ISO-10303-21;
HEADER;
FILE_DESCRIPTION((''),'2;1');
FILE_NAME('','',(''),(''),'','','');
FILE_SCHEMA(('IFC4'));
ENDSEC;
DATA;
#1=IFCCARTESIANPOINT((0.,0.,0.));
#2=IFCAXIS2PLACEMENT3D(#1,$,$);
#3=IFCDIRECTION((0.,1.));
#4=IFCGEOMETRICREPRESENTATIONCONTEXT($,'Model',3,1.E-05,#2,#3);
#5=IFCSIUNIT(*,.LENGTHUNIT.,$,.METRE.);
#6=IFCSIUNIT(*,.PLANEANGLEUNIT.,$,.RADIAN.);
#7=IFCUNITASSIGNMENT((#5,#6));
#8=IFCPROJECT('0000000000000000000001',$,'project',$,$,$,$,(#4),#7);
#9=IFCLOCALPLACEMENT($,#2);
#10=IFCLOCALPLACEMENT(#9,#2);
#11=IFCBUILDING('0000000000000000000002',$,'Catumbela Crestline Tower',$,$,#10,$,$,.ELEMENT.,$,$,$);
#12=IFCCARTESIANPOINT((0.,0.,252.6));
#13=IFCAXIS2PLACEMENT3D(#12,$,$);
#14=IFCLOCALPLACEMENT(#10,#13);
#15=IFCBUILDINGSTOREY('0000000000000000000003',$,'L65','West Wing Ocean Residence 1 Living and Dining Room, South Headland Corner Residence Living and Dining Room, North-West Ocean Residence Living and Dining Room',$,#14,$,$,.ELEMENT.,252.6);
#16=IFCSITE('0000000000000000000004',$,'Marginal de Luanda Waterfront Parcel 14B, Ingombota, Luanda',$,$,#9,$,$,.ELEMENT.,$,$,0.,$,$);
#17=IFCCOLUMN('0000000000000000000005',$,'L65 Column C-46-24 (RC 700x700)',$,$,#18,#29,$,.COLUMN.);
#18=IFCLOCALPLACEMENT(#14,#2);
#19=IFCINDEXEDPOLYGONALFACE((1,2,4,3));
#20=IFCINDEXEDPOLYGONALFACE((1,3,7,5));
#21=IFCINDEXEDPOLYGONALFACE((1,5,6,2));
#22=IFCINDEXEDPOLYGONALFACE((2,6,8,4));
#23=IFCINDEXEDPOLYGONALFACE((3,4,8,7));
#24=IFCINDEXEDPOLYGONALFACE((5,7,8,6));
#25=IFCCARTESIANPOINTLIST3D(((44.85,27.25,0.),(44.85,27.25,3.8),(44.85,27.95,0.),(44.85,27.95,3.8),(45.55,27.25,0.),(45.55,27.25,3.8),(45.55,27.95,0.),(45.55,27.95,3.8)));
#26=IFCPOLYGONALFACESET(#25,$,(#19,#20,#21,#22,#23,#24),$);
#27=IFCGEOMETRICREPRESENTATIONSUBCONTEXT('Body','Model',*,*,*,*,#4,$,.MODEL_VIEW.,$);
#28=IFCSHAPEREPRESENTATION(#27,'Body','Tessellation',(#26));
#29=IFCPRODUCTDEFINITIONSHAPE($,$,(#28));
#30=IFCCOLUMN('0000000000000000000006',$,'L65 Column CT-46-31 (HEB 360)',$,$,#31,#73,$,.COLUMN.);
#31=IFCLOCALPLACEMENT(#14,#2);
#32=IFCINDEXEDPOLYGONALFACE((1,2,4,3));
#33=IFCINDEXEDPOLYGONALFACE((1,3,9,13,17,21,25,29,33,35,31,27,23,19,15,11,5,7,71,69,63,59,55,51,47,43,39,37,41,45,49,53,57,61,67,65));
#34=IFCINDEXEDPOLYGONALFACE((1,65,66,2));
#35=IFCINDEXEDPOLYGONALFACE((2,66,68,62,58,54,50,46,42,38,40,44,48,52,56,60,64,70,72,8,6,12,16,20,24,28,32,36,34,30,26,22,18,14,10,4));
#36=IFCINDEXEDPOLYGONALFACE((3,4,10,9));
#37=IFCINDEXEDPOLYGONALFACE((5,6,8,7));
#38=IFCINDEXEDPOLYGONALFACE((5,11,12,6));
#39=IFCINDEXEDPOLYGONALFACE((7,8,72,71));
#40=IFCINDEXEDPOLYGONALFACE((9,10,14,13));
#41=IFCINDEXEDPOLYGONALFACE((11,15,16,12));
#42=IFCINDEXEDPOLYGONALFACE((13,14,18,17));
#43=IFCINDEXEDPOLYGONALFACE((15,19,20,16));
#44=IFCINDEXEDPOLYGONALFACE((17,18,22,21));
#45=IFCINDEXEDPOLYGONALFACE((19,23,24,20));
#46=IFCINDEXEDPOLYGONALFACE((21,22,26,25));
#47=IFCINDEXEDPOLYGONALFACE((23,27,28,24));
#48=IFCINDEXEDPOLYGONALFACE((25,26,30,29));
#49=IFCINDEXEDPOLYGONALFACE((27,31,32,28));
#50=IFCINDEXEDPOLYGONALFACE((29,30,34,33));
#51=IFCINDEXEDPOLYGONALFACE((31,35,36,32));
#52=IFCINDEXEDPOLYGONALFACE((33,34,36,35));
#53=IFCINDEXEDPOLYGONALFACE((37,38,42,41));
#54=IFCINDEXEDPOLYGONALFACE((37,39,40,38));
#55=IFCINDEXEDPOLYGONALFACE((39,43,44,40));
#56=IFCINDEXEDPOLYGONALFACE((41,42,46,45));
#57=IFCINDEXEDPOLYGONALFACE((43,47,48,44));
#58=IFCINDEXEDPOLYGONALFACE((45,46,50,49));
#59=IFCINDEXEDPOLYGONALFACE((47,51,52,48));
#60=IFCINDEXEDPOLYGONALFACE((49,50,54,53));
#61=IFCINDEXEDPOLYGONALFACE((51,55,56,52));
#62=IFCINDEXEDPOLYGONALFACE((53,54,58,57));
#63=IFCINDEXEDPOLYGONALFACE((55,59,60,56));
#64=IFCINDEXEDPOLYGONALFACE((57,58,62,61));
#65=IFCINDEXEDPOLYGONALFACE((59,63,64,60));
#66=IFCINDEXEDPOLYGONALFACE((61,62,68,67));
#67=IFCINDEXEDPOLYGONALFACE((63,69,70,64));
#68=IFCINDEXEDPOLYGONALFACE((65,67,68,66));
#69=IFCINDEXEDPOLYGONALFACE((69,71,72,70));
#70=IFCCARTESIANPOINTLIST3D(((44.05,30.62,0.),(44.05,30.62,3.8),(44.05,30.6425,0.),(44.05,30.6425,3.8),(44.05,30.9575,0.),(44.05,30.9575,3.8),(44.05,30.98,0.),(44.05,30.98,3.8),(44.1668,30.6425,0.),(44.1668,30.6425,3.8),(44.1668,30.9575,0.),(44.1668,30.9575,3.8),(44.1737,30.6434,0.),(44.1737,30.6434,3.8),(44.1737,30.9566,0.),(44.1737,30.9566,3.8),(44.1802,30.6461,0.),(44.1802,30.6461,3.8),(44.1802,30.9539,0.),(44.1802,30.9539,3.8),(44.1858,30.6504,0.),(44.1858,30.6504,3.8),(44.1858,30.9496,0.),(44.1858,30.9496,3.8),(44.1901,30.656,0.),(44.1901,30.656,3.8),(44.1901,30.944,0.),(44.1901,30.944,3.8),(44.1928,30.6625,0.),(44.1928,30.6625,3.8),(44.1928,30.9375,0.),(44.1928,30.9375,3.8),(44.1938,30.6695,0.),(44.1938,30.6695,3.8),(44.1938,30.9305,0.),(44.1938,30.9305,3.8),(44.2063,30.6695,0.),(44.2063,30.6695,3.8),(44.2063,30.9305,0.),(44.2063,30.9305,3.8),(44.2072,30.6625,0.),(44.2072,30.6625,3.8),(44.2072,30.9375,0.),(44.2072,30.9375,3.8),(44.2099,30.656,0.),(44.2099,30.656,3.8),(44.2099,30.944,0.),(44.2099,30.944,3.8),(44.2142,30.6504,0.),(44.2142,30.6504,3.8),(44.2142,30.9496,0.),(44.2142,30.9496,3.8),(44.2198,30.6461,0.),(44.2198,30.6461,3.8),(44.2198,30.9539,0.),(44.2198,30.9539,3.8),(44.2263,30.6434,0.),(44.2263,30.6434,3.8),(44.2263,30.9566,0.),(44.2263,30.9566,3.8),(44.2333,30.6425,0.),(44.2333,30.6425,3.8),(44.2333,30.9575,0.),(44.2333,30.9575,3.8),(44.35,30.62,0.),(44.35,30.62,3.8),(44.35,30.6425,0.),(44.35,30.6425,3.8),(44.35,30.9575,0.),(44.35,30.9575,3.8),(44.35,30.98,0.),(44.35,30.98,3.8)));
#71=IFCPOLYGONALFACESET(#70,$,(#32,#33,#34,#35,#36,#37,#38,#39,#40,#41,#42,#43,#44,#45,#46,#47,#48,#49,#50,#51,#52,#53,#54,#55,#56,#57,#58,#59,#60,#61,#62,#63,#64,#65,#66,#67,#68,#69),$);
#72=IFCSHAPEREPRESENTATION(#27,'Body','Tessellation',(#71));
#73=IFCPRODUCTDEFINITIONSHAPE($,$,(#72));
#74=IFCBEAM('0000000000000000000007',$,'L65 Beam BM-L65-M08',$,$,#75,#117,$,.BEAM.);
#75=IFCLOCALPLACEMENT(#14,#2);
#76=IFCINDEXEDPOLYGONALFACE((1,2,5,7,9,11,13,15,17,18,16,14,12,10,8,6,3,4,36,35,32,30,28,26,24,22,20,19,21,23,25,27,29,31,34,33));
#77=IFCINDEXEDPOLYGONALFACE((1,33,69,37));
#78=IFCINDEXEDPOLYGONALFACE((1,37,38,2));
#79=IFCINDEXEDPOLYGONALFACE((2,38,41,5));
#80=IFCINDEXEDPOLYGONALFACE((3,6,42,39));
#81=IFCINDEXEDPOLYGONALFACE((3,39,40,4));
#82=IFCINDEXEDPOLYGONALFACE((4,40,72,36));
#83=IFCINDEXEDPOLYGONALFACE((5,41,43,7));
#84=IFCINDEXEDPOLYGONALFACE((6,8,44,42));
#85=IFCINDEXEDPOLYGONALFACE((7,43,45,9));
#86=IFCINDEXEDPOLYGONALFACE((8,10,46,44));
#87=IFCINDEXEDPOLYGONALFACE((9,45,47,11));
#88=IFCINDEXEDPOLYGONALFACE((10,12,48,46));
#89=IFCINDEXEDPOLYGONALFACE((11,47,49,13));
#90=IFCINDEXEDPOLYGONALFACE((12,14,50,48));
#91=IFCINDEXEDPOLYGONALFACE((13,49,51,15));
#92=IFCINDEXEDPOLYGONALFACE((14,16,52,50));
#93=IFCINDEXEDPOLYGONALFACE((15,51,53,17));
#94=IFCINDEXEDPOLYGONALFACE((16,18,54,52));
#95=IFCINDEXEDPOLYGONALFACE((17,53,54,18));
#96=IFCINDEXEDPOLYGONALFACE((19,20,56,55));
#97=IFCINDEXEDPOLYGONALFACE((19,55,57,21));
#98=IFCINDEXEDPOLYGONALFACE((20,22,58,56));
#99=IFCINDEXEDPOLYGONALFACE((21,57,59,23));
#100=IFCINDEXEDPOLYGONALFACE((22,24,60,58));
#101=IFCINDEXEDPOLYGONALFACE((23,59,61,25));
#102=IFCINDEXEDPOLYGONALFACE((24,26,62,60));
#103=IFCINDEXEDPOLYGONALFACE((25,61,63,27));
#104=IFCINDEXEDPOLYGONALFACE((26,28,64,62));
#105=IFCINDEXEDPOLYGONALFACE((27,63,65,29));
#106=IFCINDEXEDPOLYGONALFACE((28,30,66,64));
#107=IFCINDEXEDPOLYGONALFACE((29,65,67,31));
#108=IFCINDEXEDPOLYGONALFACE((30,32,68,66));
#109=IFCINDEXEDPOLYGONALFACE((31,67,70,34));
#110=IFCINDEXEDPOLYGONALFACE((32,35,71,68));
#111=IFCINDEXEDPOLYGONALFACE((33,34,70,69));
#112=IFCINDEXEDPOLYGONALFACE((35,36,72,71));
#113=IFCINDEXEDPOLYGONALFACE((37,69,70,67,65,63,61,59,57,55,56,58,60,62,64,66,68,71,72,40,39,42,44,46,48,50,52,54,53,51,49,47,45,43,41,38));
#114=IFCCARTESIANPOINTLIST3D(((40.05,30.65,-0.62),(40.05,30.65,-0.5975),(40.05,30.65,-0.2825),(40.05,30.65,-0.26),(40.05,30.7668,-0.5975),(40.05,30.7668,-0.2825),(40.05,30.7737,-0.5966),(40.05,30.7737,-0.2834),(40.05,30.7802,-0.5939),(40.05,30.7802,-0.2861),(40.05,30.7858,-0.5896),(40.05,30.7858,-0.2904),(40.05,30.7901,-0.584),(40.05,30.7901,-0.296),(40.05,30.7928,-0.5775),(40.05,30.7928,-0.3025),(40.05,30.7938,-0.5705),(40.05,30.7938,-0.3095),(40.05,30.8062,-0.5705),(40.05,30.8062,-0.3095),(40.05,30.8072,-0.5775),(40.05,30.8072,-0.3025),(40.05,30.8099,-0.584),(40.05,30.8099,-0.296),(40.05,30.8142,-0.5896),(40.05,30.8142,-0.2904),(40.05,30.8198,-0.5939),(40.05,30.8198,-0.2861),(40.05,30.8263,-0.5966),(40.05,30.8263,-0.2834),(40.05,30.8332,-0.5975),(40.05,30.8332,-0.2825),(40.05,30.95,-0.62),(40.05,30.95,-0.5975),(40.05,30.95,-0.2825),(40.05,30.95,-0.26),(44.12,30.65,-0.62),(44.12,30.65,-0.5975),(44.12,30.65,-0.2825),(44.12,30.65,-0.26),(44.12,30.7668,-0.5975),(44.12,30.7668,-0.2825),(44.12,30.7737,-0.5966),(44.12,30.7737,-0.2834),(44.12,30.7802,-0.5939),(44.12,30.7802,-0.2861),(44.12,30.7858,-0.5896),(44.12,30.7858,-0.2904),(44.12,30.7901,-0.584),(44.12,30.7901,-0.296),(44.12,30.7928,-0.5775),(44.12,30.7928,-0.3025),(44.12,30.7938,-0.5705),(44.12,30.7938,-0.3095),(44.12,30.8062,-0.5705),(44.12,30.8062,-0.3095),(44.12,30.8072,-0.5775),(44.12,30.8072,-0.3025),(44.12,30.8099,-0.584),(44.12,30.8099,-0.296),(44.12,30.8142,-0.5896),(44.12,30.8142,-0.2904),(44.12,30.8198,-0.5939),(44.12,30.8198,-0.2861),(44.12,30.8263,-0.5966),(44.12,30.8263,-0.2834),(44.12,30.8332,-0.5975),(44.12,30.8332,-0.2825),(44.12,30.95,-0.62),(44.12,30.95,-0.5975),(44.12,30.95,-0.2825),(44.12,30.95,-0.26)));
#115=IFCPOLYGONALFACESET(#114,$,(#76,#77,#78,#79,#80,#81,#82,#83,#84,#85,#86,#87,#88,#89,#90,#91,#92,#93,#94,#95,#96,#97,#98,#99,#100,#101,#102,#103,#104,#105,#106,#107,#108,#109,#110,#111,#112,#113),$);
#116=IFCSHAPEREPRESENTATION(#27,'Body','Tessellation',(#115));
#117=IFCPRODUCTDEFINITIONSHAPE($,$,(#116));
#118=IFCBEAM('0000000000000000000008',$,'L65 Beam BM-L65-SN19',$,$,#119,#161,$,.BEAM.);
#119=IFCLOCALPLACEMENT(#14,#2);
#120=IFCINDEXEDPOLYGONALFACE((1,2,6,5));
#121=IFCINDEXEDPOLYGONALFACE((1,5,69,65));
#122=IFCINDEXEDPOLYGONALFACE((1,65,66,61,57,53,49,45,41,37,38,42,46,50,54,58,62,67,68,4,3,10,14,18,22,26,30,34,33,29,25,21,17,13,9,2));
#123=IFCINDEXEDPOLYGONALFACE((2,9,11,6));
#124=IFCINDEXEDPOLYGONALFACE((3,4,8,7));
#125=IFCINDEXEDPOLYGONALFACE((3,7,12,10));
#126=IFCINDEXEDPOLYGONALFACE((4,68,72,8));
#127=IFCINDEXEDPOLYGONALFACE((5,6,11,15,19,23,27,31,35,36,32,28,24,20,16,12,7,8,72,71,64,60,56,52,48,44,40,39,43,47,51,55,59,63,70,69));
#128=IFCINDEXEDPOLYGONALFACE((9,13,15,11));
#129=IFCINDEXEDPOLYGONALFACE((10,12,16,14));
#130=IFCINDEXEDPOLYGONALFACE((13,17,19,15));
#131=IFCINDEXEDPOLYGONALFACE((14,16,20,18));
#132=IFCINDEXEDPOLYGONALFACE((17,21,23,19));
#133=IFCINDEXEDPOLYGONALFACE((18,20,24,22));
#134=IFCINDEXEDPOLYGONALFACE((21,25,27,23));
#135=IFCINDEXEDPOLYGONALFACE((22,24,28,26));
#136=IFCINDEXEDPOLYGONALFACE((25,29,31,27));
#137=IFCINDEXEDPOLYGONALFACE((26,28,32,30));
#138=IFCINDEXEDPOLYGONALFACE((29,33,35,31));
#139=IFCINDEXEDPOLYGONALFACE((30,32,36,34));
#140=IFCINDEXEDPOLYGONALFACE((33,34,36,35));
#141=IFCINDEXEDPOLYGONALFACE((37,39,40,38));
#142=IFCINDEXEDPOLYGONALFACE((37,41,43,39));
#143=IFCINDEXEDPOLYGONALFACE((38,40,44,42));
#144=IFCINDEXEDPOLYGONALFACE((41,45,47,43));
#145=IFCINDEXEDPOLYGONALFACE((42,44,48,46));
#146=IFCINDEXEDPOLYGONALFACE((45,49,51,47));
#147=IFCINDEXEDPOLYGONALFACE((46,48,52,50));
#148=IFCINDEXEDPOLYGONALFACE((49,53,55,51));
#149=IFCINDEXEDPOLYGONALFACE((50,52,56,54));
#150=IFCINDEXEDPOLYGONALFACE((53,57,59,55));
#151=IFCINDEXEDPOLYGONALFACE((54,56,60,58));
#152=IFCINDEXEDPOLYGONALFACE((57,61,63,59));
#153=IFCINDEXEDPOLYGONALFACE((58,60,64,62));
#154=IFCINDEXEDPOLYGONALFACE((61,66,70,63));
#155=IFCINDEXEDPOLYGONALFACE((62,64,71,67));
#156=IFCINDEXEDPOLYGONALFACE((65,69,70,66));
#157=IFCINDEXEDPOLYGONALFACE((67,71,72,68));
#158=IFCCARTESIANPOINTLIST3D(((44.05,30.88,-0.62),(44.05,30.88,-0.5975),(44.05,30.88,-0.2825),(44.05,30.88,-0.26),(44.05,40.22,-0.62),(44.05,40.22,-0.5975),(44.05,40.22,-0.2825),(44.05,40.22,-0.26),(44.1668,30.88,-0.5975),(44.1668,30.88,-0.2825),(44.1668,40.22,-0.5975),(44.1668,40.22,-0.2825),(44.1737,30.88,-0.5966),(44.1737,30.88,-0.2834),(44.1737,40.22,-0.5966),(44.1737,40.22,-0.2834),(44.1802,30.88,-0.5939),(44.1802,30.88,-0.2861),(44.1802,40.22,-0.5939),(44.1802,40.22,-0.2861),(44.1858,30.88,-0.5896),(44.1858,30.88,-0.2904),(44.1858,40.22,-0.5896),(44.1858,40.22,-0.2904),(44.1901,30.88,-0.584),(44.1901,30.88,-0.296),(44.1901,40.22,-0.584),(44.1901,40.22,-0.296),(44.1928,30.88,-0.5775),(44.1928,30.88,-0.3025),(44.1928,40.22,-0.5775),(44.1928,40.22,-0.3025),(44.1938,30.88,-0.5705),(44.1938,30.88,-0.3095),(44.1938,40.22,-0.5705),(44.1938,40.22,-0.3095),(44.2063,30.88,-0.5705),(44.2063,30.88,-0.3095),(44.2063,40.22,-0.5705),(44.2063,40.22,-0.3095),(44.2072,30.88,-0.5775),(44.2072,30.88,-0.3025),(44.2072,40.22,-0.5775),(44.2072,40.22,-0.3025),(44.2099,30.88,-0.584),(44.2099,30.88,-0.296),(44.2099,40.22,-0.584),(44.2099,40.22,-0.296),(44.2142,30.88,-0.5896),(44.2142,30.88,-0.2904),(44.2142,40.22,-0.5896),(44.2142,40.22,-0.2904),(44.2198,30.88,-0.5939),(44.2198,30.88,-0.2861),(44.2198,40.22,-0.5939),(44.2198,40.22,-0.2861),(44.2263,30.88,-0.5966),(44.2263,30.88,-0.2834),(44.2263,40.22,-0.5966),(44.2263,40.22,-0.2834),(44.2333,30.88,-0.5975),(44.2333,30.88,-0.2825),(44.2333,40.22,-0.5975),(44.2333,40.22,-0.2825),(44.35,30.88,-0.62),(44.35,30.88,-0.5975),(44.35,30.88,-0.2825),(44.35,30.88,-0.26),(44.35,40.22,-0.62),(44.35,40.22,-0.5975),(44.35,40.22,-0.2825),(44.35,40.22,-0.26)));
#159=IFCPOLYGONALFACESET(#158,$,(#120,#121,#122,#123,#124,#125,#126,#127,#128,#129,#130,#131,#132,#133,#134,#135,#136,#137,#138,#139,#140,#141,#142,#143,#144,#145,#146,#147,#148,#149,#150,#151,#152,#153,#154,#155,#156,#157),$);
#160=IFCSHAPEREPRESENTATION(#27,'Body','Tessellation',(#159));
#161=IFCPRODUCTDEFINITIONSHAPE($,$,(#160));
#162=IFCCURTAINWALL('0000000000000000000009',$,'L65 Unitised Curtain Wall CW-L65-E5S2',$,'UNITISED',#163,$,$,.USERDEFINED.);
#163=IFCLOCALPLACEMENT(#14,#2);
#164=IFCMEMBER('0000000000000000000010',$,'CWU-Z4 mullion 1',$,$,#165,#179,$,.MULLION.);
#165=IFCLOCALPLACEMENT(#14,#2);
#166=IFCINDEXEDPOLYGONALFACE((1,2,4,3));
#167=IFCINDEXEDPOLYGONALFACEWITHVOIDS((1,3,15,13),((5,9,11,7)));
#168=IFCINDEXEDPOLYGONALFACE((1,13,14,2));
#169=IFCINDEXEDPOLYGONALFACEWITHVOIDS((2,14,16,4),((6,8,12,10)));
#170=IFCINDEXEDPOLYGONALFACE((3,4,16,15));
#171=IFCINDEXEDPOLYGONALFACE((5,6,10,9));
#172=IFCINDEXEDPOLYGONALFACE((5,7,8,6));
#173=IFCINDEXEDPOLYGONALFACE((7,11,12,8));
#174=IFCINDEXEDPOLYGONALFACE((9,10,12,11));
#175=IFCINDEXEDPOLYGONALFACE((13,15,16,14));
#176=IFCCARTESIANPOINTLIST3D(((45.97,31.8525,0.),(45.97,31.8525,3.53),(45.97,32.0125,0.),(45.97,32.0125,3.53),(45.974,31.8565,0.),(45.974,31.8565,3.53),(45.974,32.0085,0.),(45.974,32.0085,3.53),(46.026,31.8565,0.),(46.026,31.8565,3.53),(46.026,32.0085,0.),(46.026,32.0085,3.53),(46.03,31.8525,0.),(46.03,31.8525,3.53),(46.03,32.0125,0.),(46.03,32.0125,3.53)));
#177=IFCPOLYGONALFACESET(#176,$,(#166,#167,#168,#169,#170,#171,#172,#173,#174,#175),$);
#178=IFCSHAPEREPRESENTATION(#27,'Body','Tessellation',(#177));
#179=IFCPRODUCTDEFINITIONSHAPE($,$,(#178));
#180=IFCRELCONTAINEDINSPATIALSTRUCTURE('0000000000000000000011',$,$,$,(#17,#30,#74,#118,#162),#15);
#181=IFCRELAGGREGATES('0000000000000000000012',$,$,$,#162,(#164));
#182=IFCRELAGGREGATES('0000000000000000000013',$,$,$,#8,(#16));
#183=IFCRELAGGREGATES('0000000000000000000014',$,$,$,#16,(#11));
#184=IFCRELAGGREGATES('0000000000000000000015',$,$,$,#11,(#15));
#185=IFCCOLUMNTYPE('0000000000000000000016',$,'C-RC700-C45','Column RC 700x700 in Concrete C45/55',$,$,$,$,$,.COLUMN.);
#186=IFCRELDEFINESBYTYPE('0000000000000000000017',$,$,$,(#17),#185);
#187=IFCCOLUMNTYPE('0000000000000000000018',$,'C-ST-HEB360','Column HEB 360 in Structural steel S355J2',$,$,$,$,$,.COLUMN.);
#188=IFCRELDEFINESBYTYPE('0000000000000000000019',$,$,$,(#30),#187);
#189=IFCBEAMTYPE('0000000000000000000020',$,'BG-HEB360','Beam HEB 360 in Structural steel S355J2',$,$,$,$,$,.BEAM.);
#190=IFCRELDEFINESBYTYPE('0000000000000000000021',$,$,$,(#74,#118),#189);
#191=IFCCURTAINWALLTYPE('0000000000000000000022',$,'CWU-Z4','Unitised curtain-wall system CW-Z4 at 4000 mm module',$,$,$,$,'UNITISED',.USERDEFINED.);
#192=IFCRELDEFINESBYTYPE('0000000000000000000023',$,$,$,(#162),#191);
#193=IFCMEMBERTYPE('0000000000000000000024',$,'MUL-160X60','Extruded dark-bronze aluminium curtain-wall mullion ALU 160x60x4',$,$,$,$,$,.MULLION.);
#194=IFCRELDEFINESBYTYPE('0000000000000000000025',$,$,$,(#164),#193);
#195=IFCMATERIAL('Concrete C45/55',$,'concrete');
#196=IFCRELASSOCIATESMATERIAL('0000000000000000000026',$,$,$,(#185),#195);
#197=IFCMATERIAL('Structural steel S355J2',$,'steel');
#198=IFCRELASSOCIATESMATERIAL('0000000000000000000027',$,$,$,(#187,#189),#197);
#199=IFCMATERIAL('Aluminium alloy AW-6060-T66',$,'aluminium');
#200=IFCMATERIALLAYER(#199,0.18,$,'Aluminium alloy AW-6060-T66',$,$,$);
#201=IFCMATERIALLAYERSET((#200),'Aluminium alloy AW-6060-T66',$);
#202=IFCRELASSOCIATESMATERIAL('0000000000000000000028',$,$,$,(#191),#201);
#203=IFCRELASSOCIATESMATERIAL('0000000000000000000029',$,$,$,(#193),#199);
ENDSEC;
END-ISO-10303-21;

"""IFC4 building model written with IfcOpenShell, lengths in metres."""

from ifc_helpers import new_model, si_unit, direction, frame, origin, origin_2d, place, context, subcontext, project, spatial, rectangle, hollow_rectangle, i_section, extrude, material, layer, layer_set, material_profile, profile_set, type_object, element, aggregate, save


model = new_model("IFC4")

# Units and contexts
model_context = context("Model", 3, precision=1e-05, world=origin(), true_north=direction((0.0, 1.0)))
body_context = subcontext(model_context, "Body", "Model", "MODEL_VIEW")
ifc_project = project(units=[si_unit("LENGTHUNIT", "METRE"), si_unit("PLANEANGLEUNIT", "RADIAN")], contexts=[model_context])

# Site, building, storey
site_placement = place(None, origin())
site = spatial("IfcSite", under=ifc_project, at=site_placement, Name="Marginal de Luanda Waterfront Parcel 14B, Ingombota, Luanda", CompositionType="ELEMENT", RefElevation=0.0)
building_placement = place(site_placement, origin())
building = spatial("IfcBuilding", under=site, at=building_placement, Name="Catumbela Crestline Tower", CompositionType="ELEMENT")
storey_placement = place(building_placement, frame((0.0, 0.0, 252.6)))
storey = spatial("IfcBuildingStorey", under=building, at=storey_placement, Name="L65", Description="West Wing Ocean Residence 1 Living and Dining Room, South Headland Corner Residence Living and Dining Room, North-West Ocean Residence Living and Dining Room", CompositionType="ELEMENT", Elevation=252.6)

# Columns
ifc_material_1 = material(Name="Concrete C45/55", Category="concrete")
ifc_material_profile_1 = material_profile(ifc_material_1, rectangle(XDim=0.7, YDim=0.7, at=origin_2d()), Name="RC 700x700")
ifc_profile_set_1 = profile_set([ifc_material_profile_1], Name="Concrete C45/55")
column_type_1 = type_object("IfcColumnType", Name="C-RC700-C45", Description="Column RC 700x700 in Concrete C45/55", PredefinedType="COLUMN", material=ifc_profile_set_1)
column_1_placement = place(storey_placement, frame((45.2, 27.6, 0.0), z_axis=(0.0, 0.0, 1.0), x_axis=(1.0, 0.0, 0.0)))
element("IfcColumn", 1, at=column_1_placement, inside=storey, type_object=column_type_1, Name="L65 Column C-46-24 (RC 700x700)", PredefinedType="COLUMN", context=body_context, shape_type="SweptSolid", body=[
    extrude(rectangle(XDim=0.7, YDim=0.7, at=origin_2d()), origin(), (0.0, 0.0, 1.0), 3.8),
])
ifc_material_2 = material(Name="Structural steel S355J2", Category="steel")
ifc_material_profile_2 = material_profile(ifc_material_2, i_section(OverallWidth=0.3, OverallDepth=0.36, WebThickness=0.0125, FlangeThickness=0.0225, FilletRadius=0.027, at=origin_2d()), Name="HEB 360")
ifc_profile_set_2 = profile_set([ifc_material_profile_2], Name="Structural steel S355J2")
column_type_2 = type_object("IfcColumnType", Name="C-ST-HEB360", Description="Column HEB 360 in Structural steel S355J2", PredefinedType="COLUMN", material=ifc_profile_set_2)
column_2_placement = place(storey_placement, frame((44.2, 30.8, 0.0), z_axis=(0.0, 0.0, 1.0), x_axis=(1.0, 0.0, 0.0)))
element("IfcColumn", 2, at=column_2_placement, inside=storey, type_object=column_type_2, Name="L65 Column CT-46-31 (HEB 360)", PredefinedType="COLUMN", context=body_context, shape_type="SweptSolid", body=[
    extrude(i_section(OverallWidth=0.3, OverallDepth=0.36, WebThickness=0.0125, FlangeThickness=0.0225, FilletRadius=0.027, at=origin_2d()), origin(), (0.0, 0.0, 1.0), 3.8),
])

# Beams
ifc_material_profile_3 = material_profile(ifc_material_2, i_section(OverallWidth=0.3, OverallDepth=0.36, WebThickness=0.0125, FlangeThickness=0.0225, FilletRadius=0.027, at=origin_2d()), Name="HEB 360")
ifc_profile_set_3 = profile_set([ifc_material_profile_3], Name="Structural steel S355J2")
beam_type_1 = type_object("IfcBeamType", Name="BG-HEB360", Description="Beam HEB 360 in Structural steel S355J2", PredefinedType="BEAM", material=ifc_profile_set_3)
beam_1_placement = place(storey_placement, frame((40.05, 30.8, -0.44), z_axis=(1.0, 0.0, 0.0), x_axis=(0.0, 1.0, 0.0)))
element("IfcBeam", 3, at=beam_1_placement, inside=storey, type_object=beam_type_1, Name="L65 Beam BM-L65-M08", PredefinedType="BEAM", context=body_context, shape_type="SweptSolid", body=[
    extrude(i_section(OverallWidth=0.3, OverallDepth=0.36, WebThickness=0.0125, FlangeThickness=0.0225, FilletRadius=0.027, at=origin_2d()), origin(), (0.0, 0.0, 1.0), 4.07),
])
beam_2_placement = place(storey_placement, frame((44.2, 30.88, -0.44), z_axis=(0.0, 1.0, 0.0), x_axis=(-1.0, 0.0, 0.0)))
element("IfcBeam", 4, at=beam_2_placement, inside=storey, type_object=beam_type_1, Name="L65 Beam BM-L65-SN19", PredefinedType="BEAM", context=body_context, shape_type="SweptSolid", body=[
    extrude(i_section(OverallWidth=0.3, OverallDepth=0.36, WebThickness=0.0125, FlangeThickness=0.0225, FilletRadius=0.027, at=origin_2d()), origin(), (0.0, 0.0, 1.0), 9.34),
])

# Curtain wall, member
ifc_material_3 = material(Name="Aluminium alloy AW-6060-T66", Category="aluminium")
ifc_layer_1 = layer(ifc_material_3, 0.18, Name="Aluminium alloy AW-6060-T66")
ifc_layer_set_1 = layer_set([ifc_layer_1], Name="Aluminium alloy AW-6060-T66")
curtain_wall_type = type_object("IfcCurtainWallType", Name="CWU-Z4", Description="Unitised curtain-wall system CW-Z4 at 4000 mm module", ElementType="UNITISED", PredefinedType="USERDEFINED", material=ifc_layer_set_1)
curtain_wall_placement = place(storey_placement, origin())
curtain_wall = element("IfcCurtainWall", 5, at=curtain_wall_placement, inside=storey, type_object=curtain_wall_type, Name="L65 Unitised Curtain Wall CW-L65-E5S2", ObjectType="UNITISED", PredefinedType="USERDEFINED")
ifc_material_profile_4 = material_profile(ifc_material_3, hollow_rectangle(XDim=0.06, YDim=0.16, WallThickness=0.004, at=origin_2d()), Name="ALU 160x60x4")
ifc_profile_set_4 = profile_set([ifc_material_profile_4], Name="Aluminium alloy AW-6060-T66")
member_type_1 = type_object("IfcMemberType", Name="MUL-160X60", Description="Extruded dark-bronze aluminium curtain-wall mullion ALU 160x60x4", PredefinedType="MULLION", material=ifc_profile_set_4)
member_1_placement = place(storey_placement, frame((46.0, 31.9325, 0.0), z_axis=(0.0, 0.0, 1.0), x_axis=(-1.0, 0.0, 0.0)))
member_1 = element("IfcMember", 6, at=member_1_placement, type_object=member_type_1, Name="CWU-Z4 mullion 1", PredefinedType="MULLION", context=body_context, shape_type="SweptSolid", body=[
    extrude(hollow_rectangle(XDim=0.06, YDim=0.16, WallThickness=0.004, at=origin_2d()), origin(), (0.0, 0.0, 1.0), 3.53),
])

aggregate(curtain_wall, [member_1])

save(model, "model.ifc")
